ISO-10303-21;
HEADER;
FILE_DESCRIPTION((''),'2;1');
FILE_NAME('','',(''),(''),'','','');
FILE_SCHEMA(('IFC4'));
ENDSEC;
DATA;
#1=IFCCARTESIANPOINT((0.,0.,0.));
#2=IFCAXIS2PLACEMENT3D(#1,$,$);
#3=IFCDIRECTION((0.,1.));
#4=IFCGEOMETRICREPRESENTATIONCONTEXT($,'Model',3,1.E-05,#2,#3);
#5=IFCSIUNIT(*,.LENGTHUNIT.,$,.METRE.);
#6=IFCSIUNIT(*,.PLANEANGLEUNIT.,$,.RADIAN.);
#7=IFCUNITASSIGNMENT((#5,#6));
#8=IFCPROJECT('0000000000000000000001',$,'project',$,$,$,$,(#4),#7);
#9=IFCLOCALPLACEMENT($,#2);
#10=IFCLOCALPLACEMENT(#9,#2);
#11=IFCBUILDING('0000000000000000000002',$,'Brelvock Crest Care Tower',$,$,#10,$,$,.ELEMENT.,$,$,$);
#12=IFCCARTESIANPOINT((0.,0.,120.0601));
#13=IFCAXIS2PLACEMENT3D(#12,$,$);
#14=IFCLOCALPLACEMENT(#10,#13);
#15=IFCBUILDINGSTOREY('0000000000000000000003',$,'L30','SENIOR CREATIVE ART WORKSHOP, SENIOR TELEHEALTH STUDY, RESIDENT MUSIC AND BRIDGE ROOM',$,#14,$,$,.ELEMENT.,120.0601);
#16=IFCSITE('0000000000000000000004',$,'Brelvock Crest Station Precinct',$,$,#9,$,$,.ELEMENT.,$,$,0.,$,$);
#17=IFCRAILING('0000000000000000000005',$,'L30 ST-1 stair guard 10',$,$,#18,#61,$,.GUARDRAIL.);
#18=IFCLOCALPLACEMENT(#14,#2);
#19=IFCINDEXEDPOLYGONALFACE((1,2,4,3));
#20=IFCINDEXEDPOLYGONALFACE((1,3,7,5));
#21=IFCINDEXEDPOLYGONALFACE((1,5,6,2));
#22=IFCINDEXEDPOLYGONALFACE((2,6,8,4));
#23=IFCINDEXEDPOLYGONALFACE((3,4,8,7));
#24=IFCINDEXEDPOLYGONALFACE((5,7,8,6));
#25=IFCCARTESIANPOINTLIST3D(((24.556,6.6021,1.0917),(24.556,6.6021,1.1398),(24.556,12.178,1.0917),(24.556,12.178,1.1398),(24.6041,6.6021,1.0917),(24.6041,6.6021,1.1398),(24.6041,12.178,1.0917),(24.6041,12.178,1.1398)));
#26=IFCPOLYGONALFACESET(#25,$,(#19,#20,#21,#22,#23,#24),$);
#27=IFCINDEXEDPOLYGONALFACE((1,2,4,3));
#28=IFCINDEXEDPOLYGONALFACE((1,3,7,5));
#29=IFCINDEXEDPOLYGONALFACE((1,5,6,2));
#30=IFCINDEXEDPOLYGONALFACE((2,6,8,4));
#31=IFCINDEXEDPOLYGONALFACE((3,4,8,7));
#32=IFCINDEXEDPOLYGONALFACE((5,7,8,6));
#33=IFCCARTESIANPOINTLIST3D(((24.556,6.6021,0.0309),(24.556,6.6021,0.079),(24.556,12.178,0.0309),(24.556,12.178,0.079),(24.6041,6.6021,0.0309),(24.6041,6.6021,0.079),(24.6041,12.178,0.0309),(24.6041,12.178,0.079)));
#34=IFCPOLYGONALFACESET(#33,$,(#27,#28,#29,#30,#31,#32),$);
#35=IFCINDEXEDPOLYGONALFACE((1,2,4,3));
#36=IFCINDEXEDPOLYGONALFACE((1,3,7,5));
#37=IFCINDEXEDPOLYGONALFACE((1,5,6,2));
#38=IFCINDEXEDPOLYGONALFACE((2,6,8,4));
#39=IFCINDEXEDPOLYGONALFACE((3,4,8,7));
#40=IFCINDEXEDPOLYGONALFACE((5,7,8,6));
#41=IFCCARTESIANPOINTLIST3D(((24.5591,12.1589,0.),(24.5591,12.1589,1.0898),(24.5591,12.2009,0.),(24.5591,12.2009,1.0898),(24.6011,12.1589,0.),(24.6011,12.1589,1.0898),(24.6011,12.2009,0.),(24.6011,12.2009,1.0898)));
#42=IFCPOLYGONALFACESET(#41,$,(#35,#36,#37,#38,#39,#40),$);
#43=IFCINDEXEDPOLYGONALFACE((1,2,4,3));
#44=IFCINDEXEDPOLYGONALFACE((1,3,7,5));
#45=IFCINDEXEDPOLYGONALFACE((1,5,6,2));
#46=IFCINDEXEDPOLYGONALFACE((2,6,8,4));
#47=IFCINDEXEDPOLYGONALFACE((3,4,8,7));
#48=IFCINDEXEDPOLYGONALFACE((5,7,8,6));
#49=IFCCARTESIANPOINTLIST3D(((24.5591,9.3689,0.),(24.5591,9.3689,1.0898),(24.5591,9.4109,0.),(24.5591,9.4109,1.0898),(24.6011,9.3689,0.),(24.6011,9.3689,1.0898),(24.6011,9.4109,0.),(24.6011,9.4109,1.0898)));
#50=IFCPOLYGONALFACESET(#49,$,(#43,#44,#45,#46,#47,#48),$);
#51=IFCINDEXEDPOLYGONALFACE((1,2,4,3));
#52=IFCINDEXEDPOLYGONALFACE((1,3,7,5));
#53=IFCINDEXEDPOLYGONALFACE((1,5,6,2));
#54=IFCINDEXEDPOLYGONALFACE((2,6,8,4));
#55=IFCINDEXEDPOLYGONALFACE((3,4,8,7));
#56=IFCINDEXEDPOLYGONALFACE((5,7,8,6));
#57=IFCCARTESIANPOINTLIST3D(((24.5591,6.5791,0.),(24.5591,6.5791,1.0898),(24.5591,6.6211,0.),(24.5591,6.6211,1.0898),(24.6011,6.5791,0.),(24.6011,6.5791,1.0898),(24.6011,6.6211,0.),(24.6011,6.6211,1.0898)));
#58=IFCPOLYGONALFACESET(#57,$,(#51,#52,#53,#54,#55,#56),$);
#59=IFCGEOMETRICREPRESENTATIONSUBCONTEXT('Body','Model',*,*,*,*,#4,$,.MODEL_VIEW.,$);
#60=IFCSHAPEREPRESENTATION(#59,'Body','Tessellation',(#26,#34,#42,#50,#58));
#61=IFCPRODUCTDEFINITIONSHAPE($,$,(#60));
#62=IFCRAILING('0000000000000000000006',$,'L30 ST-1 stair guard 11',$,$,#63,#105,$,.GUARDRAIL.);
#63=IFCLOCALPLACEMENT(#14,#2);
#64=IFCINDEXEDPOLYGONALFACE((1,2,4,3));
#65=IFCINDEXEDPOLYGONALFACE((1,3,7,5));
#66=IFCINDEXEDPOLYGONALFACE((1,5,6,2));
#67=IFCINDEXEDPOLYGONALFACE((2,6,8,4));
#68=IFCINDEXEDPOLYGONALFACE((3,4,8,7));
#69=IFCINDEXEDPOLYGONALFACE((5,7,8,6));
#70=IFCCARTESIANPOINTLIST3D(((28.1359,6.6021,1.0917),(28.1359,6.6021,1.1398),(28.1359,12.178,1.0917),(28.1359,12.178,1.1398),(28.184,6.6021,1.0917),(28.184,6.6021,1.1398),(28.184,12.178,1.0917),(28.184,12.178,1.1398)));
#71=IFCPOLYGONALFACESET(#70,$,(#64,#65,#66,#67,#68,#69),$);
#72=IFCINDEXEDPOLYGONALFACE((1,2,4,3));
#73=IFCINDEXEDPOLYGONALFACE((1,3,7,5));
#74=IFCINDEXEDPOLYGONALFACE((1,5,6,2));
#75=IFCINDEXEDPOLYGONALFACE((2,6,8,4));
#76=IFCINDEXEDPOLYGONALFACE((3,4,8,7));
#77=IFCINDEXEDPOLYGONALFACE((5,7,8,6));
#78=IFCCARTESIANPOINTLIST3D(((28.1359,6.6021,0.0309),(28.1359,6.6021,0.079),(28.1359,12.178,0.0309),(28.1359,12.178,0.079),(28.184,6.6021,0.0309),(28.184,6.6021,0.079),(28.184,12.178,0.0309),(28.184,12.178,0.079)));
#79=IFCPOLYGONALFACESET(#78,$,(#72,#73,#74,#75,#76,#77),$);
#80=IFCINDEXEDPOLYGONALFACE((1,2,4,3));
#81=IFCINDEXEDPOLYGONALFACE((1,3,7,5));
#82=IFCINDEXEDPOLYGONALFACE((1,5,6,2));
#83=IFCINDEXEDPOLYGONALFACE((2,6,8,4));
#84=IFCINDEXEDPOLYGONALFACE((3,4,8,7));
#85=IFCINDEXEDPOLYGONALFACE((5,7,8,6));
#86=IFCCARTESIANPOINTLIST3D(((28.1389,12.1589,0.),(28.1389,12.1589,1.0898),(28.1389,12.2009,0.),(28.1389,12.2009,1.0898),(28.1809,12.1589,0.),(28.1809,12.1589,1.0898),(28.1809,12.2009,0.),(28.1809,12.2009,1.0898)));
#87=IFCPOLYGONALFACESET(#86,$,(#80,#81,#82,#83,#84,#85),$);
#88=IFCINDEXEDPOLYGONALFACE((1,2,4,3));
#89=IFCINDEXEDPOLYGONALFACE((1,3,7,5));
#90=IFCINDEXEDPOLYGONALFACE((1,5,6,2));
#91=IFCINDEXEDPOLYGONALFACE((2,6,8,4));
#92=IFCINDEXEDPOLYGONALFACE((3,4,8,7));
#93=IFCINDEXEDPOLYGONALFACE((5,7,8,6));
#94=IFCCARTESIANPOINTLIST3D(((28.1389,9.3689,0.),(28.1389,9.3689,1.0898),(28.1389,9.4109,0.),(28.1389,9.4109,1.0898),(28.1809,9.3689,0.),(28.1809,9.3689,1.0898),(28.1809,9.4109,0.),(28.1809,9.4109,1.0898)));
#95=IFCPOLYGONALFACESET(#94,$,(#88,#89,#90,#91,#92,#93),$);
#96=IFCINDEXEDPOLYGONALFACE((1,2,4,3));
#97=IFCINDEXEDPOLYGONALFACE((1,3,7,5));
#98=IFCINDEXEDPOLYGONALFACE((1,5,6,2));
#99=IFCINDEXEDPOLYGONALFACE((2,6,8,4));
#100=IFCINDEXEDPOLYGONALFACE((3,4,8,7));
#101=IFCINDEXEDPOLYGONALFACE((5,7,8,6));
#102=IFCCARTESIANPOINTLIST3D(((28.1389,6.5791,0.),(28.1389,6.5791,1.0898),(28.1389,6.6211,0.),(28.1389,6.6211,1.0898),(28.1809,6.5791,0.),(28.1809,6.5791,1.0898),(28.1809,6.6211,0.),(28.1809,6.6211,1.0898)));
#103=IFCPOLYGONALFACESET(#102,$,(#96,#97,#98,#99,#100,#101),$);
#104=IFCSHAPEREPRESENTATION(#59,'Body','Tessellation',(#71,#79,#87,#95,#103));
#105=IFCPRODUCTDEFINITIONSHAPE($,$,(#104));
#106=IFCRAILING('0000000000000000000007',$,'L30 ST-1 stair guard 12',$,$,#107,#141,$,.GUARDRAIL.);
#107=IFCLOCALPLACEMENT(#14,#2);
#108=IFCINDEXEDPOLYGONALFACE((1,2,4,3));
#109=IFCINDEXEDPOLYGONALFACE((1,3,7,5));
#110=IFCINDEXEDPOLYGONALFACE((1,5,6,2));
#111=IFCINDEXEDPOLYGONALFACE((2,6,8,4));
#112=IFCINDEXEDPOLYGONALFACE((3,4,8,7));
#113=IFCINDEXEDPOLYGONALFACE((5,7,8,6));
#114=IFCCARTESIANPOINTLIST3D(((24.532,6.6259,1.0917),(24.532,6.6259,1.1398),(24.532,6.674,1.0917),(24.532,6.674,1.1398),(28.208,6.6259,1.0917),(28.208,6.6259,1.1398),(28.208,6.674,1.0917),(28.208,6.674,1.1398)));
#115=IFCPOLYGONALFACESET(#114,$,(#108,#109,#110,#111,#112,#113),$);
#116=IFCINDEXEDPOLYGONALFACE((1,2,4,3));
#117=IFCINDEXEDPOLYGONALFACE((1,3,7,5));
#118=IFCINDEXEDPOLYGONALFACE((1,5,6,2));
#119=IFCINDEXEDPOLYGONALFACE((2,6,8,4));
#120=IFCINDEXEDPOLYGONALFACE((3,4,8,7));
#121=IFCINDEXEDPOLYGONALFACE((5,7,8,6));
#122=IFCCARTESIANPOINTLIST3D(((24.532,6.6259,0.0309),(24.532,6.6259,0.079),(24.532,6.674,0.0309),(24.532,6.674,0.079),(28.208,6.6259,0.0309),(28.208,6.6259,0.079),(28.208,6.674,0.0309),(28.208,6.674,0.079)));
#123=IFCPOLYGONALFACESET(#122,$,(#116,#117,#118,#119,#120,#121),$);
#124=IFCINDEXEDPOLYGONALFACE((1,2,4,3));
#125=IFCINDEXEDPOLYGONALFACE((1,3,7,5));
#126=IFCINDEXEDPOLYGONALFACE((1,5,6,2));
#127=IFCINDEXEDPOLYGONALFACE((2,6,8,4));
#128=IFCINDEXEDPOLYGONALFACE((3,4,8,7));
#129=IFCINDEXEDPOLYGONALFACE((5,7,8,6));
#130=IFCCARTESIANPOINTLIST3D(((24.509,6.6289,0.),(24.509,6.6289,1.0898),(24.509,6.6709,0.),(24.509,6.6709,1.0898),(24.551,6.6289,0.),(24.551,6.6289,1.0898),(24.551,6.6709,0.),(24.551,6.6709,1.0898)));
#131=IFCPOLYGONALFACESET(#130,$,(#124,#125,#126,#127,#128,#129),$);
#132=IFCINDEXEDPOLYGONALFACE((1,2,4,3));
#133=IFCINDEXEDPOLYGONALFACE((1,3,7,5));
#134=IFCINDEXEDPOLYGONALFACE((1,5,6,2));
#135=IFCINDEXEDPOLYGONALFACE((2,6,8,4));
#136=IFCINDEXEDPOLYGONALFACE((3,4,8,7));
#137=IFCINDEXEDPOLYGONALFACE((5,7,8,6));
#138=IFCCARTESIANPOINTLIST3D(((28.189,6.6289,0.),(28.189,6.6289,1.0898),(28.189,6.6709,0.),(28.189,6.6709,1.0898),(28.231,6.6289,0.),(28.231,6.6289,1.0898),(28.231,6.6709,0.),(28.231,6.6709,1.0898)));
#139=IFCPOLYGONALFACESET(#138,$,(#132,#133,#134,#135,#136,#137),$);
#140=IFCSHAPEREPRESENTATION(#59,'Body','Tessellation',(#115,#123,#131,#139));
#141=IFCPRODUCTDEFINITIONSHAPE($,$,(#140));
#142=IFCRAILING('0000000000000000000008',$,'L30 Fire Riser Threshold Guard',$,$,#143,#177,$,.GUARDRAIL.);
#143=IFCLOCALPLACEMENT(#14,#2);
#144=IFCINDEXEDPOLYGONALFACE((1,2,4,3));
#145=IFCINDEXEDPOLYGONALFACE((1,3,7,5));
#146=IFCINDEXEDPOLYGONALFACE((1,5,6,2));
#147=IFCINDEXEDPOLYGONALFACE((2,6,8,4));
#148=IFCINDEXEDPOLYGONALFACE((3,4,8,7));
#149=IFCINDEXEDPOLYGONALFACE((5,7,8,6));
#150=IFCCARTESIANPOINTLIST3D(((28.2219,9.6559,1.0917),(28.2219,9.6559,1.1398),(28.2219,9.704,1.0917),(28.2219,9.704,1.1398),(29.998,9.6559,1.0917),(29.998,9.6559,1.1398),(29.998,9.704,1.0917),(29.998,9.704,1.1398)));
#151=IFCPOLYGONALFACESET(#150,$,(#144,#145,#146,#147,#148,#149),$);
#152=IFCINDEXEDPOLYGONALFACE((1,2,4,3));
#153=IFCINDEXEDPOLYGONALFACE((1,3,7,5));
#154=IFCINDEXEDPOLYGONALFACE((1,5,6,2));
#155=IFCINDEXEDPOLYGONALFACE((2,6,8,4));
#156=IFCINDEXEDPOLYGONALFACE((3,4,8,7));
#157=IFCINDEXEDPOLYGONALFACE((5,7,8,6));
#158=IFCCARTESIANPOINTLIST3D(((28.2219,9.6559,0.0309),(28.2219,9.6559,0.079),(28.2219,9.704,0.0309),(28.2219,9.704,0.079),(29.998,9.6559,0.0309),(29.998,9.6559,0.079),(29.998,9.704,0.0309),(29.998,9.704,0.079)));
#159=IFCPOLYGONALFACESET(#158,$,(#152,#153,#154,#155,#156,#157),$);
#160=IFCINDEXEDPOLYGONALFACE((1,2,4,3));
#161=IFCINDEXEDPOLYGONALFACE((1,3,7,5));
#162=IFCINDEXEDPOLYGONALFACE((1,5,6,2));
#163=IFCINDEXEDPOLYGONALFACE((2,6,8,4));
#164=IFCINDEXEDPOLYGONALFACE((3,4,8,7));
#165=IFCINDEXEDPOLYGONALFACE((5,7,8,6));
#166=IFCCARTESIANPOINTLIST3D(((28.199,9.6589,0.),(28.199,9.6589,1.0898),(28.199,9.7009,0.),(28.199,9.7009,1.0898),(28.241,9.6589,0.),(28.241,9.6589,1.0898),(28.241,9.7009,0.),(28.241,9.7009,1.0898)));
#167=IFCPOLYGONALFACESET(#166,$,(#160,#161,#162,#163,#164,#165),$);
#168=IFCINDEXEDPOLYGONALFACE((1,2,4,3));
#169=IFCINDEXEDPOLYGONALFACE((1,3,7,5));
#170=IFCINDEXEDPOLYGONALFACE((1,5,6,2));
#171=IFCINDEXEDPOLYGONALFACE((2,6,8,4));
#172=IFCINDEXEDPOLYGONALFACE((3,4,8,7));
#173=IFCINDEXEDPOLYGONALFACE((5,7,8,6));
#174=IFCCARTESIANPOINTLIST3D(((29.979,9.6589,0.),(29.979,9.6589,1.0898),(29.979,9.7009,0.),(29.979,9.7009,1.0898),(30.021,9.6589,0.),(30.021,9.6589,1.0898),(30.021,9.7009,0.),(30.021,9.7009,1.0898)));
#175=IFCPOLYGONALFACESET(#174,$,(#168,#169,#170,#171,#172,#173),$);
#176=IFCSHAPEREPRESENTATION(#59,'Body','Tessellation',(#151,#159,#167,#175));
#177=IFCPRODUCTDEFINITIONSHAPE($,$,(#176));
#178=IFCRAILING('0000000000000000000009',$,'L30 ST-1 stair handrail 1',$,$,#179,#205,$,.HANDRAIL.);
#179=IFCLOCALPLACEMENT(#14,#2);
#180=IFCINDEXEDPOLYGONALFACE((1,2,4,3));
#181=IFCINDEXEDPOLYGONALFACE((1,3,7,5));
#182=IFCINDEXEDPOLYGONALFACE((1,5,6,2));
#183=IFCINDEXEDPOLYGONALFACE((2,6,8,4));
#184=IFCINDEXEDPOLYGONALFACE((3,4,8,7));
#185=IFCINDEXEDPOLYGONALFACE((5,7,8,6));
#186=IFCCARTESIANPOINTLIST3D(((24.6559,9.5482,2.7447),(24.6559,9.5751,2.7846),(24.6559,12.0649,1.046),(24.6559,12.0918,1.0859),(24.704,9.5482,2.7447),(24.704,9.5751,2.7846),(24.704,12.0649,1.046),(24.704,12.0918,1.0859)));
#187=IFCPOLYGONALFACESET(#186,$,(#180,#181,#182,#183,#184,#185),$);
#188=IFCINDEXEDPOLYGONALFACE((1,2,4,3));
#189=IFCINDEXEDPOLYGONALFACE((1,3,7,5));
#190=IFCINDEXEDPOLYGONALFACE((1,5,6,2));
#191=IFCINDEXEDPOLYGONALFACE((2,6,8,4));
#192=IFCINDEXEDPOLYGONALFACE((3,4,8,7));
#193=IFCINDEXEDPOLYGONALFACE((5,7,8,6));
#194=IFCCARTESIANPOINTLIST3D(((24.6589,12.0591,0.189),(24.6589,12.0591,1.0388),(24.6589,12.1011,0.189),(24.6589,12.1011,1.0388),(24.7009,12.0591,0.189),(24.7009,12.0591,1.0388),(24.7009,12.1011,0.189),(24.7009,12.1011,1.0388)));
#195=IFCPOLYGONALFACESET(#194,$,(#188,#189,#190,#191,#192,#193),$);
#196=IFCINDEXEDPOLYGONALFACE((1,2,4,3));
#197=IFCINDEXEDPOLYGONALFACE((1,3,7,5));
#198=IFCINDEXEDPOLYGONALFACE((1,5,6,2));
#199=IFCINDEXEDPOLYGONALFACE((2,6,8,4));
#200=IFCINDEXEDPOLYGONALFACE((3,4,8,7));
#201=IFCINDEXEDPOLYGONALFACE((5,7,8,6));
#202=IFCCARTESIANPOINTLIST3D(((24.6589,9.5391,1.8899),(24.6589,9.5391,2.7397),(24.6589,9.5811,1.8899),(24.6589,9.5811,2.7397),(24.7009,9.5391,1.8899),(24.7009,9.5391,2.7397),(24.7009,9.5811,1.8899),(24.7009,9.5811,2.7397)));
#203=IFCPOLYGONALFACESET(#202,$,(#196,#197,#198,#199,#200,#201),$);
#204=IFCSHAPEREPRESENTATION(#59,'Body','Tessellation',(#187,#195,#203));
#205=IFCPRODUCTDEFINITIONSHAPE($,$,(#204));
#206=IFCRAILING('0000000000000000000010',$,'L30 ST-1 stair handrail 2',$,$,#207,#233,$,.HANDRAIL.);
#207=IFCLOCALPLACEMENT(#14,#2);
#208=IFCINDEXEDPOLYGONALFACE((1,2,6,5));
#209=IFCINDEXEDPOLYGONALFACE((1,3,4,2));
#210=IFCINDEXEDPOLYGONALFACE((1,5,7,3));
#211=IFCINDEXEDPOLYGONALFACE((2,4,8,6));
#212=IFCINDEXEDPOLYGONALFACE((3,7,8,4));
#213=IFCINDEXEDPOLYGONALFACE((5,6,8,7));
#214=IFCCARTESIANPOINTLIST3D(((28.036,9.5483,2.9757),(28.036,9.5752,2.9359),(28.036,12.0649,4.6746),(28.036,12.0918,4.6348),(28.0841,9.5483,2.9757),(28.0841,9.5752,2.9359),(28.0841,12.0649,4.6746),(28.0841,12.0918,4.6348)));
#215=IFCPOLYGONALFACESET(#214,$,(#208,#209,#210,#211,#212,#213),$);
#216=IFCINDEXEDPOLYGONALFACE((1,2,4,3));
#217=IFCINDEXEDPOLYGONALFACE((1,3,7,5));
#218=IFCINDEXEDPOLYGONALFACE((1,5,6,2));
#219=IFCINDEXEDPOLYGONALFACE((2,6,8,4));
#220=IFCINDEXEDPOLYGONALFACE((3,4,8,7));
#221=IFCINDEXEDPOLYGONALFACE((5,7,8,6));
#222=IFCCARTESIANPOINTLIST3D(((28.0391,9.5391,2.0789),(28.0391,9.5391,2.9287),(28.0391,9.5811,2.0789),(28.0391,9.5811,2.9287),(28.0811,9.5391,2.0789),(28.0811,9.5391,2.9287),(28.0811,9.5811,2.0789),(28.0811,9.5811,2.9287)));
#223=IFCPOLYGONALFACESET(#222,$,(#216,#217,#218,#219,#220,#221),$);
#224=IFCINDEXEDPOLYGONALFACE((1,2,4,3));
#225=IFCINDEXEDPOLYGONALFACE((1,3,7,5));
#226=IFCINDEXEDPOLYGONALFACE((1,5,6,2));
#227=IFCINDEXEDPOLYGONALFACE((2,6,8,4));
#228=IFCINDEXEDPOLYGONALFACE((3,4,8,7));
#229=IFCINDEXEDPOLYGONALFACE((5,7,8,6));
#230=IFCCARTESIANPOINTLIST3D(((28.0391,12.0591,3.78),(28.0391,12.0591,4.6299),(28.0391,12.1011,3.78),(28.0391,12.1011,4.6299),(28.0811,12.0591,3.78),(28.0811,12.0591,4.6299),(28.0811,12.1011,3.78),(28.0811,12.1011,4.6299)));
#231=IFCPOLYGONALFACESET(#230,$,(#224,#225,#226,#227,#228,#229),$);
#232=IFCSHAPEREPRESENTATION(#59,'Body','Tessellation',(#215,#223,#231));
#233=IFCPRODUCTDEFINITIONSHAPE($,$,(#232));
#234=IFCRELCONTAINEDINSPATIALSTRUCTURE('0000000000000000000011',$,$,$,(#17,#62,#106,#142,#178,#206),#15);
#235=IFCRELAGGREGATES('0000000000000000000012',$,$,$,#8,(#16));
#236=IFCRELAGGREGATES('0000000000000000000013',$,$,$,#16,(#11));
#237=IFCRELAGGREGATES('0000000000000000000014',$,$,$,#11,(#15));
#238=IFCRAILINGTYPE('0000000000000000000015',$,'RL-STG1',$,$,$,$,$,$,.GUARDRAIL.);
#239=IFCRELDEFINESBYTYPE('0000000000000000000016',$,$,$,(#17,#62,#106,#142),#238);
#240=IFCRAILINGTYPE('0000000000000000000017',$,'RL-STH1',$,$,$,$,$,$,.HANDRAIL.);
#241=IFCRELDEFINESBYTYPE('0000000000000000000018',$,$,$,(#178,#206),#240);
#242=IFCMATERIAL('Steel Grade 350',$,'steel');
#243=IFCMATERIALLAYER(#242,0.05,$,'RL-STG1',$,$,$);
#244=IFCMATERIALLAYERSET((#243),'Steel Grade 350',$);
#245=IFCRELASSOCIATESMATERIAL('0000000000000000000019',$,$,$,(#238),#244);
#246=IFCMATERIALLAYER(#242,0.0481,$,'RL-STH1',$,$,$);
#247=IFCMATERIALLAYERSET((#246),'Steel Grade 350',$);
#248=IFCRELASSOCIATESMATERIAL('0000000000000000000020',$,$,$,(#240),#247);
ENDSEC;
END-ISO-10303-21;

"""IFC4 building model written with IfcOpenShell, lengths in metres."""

from ifc_helpers import new_model, si_unit, direction, frame, origin, origin_2d, place, context, subcontext, project, spatial, rectangle, extrude, material, layer, layer_set, type_object, element, save


model = new_model("IFC4")

# Units and contexts
model_context = context("Model", 3, precision=1e-05, world=origin(), true_north=direction((0.0, 1.0)))
body_context = subcontext(model_context, "Body", "Model", "MODEL_VIEW")
ifc_project = project(units=[si_unit("LENGTHUNIT", "METRE"), si_unit("PLANEANGLEUNIT", "RADIAN")], contexts=[model_context])

# Site, building, storey
site_placement = place(None, origin())
site = spatial("IfcSite", under=ifc_project, at=site_placement, Name="Brelvock Crest Station Precinct", CompositionType="ELEMENT", RefElevation=0.0)
building_placement = place(site_placement, origin())
building = spatial("IfcBuilding", under=site, at=building_placement, Name="Brelvock Crest Care Tower", CompositionType="ELEMENT")
storey_placement = place(building_placement, frame((0.0, 0.0, 120.0601)))
storey = spatial("IfcBuildingStorey", under=building, at=storey_placement, Name="L30", Description="SENIOR CREATIVE ART WORKSHOP, SENIOR TELEHEALTH STUDY, RESIDENT MUSIC AND BRIDGE ROOM", CompositionType="ELEMENT", Elevation=120.0601)

# Shared definitions
ifc_material_1 = material(Name="Steel Grade 350", Category="steel")

# Railings
ifc_layer_1 = layer(ifc_material_1, 0.05, Name="RL-STG1")
ifc_layer_set_1 = layer_set([ifc_layer_1], Name="Steel Grade 350")
railing_type_1 = type_object("IfcRailingType", Name="RL-STG1", PredefinedType="GUARDRAIL", material=ifc_layer_set_1)
for number, where, name in (
    (1, (24.5801, 12.1799, 0.0), "L30 ST-1 stair guard 10"),
    (2, (28.1599, 12.1799, 0.0), "L30 ST-1 stair guard 11"),
):
    element("IfcRailing", number, at=place(storey_placement, frame(where)), inside=storey, type_object=railing_type_1, Name=name, PredefinedType="GUARDRAIL", context=body_context, shape_type="SweptSolid", body=[
        extrude(rectangle(XDim=0.0481, YDim=0.0481, at=origin_2d()), frame((0.0, -0.002, 1.1157), z_axis=(0.0, -1.0, 0.0), x_axis=(1.0, 0.0, 0.0)), (0.0, 0.0, 1.0), 5.5759),
        extrude(rectangle(XDim=0.0481, YDim=0.0481, at=origin_2d()), frame((0.0, -0.002, 0.0549), z_axis=(0.0, -1.0, 0.0), x_axis=(1.0, 0.0, 0.0)), (0.0, 0.0, 1.0), 5.5759),
        extrude(rectangle(XDim=0.042, YDim=0.042, at=origin_2d()), origin(), (0.0, 0.0, 1.0), 1.0898),
        extrude(rectangle(XDim=0.042, YDim=0.042, at=origin_2d()), frame((0.0, -2.79, 0.0)), (0.0, 0.0, 1.0), 1.0898),
        extrude(rectangle(XDim=0.042, YDim=0.042, at=origin_2d()), frame((0.0, -5.5798, 0.0)), (0.0, 0.0, 1.0), 1.0898),
    ])
railing_1_placement = place(storey_placement, frame((24.53, 6.6499, 0.0)))
element("IfcRailing", 3, at=railing_1_placement, inside=storey, type_object=railing_type_1, Name="L30 ST-1 stair guard 12", PredefinedType="GUARDRAIL", context=body_context, shape_type="SweptSolid", body=[
    extrude(rectangle(XDim=0.0481, YDim=0.0481, at=origin_2d()), frame((0.002, 0.0, 1.1157), z_axis=(1.0, 0.0, 0.0), x_axis=(0.0, 1.0, 0.0)), (0.0, 0.0, 1.0), 3.676),
    extrude(rectangle(XDim=0.0481, YDim=0.0481, at=origin_2d()), frame((0.002, 0.0, 0.0549), z_axis=(1.0, 0.0, 0.0), x_axis=(0.0, 1.0, 0.0)), (0.0, 0.0, 1.0), 3.676),
    extrude(rectangle(XDim=0.042, YDim=0.042, at=origin_2d()), origin(), (0.0, 0.0, 1.0), 1.0898),
    extrude(rectangle(XDim=0.042, YDim=0.042, at=origin_2d()), frame((3.6799, 0.0, 0.0)), (0.0, 0.0, 1.0), 1.0898),
])
railing_2_placement = place(storey_placement, frame((28.22, 9.6799, 0.0)))
element("IfcRailing", 4, at=railing_2_placement, inside=storey, type_object=railing_type_1, Name="L30 Fire Riser Threshold Guard", PredefinedType="GUARDRAIL", context=body_context, shape_type="SweptSolid", body=[
    extrude(rectangle(XDim=0.0481, YDim=0.0481, at=origin_2d()), frame((0.002, 0.0, 1.1157), z_axis=(1.0, 0.0, 0.0), x_axis=(0.0, 1.0, 0.0)), (0.0, 0.0, 1.0), 1.7761),
    extrude(rectangle(XDim=0.0481, YDim=0.0481, at=origin_2d()), frame((0.002, 0.0, 0.0549), z_axis=(1.0, 0.0, 0.0), x_axis=(0.0, 1.0, 0.0)), (0.0, 0.0, 1.0), 1.7761),
    extrude(rectangle(XDim=0.042, YDim=0.042, at=origin_2d()), origin(), (0.0, 0.0, 1.0), 1.0898),
    extrude(rectangle(XDim=0.042, YDim=0.042, at=origin_2d()), frame((1.78, 0.0, 0.0)), (0.0, 0.0, 1.0), 1.0898),
])
ifc_layer_2 = layer(ifc_material_1, 0.0481, Name="RL-STH1")
ifc_layer_set_2 = layer_set([ifc_layer_2], Name="Steel Grade 350")
railing_type_2 = type_object("IfcRailingType", Name="RL-STH1", PredefinedType="HANDRAIL", material=ifc_layer_set_2)
railing_3_placement = place(storey_placement, frame((24.6799, 12.0801, 0.189)))
element("IfcRailing", 5, at=railing_3_placement, inside=storey, type_object=railing_type_2, Name="L30 ST-1 stair handrail 1", PredefinedType="HANDRAIL", context=body_context, shape_type="SweptSolid", body=[
    extrude(rectangle(XDim=0.0481, YDim=0.0481, at=origin_2d()), frame((0.0, -0.0017, 0.877), z_axis=(0.0, -0.828862, 0.559454), x_axis=(1.0, 0.0, 0.0)), (0.0, 0.0, 1.0), 3.0364),
    extrude(rectangle(XDim=0.042, YDim=0.042, at=origin_2d()), origin(), (0.0, 0.0, 1.0), 0.8499),
    extrude(rectangle(XDim=0.042, YDim=0.042, at=origin_2d()), frame((0.0, -2.52, 1.7009)), (0.0, 0.0, 1.0), 0.8499),
])
railing_4_placement = place(storey_placement, frame((28.0601, 9.5601, 2.0789)))
element("IfcRailing", 6, at=railing_4_placement, inside=storey, type_object=railing_type_2, Name="L30 ST-1 stair handrail 2", PredefinedType="HANDRAIL", context=body_context, shape_type="SweptSolid", body=[
    extrude(rectangle(XDim=0.0481, YDim=0.0481, at=origin_2d()), frame((0.0, 0.0017, 0.877), z_axis=(0.0, 0.828824, 0.559509), x_axis=(-1.0, 0.0, 0.0)), (0.0, 0.0, 1.0), 3.0364),
    extrude(rectangle(XDim=0.042, YDim=0.042, at=origin_2d()), origin(), (0.0, 0.0, 1.0), 0.8499),
    extrude(rectangle(XDim=0.042, YDim=0.042, at=origin_2d()), frame((0.0, 2.52, 1.7012)), (0.0, 0.0, 1.0), 0.8499),
])

save(model, "model.ifc")
